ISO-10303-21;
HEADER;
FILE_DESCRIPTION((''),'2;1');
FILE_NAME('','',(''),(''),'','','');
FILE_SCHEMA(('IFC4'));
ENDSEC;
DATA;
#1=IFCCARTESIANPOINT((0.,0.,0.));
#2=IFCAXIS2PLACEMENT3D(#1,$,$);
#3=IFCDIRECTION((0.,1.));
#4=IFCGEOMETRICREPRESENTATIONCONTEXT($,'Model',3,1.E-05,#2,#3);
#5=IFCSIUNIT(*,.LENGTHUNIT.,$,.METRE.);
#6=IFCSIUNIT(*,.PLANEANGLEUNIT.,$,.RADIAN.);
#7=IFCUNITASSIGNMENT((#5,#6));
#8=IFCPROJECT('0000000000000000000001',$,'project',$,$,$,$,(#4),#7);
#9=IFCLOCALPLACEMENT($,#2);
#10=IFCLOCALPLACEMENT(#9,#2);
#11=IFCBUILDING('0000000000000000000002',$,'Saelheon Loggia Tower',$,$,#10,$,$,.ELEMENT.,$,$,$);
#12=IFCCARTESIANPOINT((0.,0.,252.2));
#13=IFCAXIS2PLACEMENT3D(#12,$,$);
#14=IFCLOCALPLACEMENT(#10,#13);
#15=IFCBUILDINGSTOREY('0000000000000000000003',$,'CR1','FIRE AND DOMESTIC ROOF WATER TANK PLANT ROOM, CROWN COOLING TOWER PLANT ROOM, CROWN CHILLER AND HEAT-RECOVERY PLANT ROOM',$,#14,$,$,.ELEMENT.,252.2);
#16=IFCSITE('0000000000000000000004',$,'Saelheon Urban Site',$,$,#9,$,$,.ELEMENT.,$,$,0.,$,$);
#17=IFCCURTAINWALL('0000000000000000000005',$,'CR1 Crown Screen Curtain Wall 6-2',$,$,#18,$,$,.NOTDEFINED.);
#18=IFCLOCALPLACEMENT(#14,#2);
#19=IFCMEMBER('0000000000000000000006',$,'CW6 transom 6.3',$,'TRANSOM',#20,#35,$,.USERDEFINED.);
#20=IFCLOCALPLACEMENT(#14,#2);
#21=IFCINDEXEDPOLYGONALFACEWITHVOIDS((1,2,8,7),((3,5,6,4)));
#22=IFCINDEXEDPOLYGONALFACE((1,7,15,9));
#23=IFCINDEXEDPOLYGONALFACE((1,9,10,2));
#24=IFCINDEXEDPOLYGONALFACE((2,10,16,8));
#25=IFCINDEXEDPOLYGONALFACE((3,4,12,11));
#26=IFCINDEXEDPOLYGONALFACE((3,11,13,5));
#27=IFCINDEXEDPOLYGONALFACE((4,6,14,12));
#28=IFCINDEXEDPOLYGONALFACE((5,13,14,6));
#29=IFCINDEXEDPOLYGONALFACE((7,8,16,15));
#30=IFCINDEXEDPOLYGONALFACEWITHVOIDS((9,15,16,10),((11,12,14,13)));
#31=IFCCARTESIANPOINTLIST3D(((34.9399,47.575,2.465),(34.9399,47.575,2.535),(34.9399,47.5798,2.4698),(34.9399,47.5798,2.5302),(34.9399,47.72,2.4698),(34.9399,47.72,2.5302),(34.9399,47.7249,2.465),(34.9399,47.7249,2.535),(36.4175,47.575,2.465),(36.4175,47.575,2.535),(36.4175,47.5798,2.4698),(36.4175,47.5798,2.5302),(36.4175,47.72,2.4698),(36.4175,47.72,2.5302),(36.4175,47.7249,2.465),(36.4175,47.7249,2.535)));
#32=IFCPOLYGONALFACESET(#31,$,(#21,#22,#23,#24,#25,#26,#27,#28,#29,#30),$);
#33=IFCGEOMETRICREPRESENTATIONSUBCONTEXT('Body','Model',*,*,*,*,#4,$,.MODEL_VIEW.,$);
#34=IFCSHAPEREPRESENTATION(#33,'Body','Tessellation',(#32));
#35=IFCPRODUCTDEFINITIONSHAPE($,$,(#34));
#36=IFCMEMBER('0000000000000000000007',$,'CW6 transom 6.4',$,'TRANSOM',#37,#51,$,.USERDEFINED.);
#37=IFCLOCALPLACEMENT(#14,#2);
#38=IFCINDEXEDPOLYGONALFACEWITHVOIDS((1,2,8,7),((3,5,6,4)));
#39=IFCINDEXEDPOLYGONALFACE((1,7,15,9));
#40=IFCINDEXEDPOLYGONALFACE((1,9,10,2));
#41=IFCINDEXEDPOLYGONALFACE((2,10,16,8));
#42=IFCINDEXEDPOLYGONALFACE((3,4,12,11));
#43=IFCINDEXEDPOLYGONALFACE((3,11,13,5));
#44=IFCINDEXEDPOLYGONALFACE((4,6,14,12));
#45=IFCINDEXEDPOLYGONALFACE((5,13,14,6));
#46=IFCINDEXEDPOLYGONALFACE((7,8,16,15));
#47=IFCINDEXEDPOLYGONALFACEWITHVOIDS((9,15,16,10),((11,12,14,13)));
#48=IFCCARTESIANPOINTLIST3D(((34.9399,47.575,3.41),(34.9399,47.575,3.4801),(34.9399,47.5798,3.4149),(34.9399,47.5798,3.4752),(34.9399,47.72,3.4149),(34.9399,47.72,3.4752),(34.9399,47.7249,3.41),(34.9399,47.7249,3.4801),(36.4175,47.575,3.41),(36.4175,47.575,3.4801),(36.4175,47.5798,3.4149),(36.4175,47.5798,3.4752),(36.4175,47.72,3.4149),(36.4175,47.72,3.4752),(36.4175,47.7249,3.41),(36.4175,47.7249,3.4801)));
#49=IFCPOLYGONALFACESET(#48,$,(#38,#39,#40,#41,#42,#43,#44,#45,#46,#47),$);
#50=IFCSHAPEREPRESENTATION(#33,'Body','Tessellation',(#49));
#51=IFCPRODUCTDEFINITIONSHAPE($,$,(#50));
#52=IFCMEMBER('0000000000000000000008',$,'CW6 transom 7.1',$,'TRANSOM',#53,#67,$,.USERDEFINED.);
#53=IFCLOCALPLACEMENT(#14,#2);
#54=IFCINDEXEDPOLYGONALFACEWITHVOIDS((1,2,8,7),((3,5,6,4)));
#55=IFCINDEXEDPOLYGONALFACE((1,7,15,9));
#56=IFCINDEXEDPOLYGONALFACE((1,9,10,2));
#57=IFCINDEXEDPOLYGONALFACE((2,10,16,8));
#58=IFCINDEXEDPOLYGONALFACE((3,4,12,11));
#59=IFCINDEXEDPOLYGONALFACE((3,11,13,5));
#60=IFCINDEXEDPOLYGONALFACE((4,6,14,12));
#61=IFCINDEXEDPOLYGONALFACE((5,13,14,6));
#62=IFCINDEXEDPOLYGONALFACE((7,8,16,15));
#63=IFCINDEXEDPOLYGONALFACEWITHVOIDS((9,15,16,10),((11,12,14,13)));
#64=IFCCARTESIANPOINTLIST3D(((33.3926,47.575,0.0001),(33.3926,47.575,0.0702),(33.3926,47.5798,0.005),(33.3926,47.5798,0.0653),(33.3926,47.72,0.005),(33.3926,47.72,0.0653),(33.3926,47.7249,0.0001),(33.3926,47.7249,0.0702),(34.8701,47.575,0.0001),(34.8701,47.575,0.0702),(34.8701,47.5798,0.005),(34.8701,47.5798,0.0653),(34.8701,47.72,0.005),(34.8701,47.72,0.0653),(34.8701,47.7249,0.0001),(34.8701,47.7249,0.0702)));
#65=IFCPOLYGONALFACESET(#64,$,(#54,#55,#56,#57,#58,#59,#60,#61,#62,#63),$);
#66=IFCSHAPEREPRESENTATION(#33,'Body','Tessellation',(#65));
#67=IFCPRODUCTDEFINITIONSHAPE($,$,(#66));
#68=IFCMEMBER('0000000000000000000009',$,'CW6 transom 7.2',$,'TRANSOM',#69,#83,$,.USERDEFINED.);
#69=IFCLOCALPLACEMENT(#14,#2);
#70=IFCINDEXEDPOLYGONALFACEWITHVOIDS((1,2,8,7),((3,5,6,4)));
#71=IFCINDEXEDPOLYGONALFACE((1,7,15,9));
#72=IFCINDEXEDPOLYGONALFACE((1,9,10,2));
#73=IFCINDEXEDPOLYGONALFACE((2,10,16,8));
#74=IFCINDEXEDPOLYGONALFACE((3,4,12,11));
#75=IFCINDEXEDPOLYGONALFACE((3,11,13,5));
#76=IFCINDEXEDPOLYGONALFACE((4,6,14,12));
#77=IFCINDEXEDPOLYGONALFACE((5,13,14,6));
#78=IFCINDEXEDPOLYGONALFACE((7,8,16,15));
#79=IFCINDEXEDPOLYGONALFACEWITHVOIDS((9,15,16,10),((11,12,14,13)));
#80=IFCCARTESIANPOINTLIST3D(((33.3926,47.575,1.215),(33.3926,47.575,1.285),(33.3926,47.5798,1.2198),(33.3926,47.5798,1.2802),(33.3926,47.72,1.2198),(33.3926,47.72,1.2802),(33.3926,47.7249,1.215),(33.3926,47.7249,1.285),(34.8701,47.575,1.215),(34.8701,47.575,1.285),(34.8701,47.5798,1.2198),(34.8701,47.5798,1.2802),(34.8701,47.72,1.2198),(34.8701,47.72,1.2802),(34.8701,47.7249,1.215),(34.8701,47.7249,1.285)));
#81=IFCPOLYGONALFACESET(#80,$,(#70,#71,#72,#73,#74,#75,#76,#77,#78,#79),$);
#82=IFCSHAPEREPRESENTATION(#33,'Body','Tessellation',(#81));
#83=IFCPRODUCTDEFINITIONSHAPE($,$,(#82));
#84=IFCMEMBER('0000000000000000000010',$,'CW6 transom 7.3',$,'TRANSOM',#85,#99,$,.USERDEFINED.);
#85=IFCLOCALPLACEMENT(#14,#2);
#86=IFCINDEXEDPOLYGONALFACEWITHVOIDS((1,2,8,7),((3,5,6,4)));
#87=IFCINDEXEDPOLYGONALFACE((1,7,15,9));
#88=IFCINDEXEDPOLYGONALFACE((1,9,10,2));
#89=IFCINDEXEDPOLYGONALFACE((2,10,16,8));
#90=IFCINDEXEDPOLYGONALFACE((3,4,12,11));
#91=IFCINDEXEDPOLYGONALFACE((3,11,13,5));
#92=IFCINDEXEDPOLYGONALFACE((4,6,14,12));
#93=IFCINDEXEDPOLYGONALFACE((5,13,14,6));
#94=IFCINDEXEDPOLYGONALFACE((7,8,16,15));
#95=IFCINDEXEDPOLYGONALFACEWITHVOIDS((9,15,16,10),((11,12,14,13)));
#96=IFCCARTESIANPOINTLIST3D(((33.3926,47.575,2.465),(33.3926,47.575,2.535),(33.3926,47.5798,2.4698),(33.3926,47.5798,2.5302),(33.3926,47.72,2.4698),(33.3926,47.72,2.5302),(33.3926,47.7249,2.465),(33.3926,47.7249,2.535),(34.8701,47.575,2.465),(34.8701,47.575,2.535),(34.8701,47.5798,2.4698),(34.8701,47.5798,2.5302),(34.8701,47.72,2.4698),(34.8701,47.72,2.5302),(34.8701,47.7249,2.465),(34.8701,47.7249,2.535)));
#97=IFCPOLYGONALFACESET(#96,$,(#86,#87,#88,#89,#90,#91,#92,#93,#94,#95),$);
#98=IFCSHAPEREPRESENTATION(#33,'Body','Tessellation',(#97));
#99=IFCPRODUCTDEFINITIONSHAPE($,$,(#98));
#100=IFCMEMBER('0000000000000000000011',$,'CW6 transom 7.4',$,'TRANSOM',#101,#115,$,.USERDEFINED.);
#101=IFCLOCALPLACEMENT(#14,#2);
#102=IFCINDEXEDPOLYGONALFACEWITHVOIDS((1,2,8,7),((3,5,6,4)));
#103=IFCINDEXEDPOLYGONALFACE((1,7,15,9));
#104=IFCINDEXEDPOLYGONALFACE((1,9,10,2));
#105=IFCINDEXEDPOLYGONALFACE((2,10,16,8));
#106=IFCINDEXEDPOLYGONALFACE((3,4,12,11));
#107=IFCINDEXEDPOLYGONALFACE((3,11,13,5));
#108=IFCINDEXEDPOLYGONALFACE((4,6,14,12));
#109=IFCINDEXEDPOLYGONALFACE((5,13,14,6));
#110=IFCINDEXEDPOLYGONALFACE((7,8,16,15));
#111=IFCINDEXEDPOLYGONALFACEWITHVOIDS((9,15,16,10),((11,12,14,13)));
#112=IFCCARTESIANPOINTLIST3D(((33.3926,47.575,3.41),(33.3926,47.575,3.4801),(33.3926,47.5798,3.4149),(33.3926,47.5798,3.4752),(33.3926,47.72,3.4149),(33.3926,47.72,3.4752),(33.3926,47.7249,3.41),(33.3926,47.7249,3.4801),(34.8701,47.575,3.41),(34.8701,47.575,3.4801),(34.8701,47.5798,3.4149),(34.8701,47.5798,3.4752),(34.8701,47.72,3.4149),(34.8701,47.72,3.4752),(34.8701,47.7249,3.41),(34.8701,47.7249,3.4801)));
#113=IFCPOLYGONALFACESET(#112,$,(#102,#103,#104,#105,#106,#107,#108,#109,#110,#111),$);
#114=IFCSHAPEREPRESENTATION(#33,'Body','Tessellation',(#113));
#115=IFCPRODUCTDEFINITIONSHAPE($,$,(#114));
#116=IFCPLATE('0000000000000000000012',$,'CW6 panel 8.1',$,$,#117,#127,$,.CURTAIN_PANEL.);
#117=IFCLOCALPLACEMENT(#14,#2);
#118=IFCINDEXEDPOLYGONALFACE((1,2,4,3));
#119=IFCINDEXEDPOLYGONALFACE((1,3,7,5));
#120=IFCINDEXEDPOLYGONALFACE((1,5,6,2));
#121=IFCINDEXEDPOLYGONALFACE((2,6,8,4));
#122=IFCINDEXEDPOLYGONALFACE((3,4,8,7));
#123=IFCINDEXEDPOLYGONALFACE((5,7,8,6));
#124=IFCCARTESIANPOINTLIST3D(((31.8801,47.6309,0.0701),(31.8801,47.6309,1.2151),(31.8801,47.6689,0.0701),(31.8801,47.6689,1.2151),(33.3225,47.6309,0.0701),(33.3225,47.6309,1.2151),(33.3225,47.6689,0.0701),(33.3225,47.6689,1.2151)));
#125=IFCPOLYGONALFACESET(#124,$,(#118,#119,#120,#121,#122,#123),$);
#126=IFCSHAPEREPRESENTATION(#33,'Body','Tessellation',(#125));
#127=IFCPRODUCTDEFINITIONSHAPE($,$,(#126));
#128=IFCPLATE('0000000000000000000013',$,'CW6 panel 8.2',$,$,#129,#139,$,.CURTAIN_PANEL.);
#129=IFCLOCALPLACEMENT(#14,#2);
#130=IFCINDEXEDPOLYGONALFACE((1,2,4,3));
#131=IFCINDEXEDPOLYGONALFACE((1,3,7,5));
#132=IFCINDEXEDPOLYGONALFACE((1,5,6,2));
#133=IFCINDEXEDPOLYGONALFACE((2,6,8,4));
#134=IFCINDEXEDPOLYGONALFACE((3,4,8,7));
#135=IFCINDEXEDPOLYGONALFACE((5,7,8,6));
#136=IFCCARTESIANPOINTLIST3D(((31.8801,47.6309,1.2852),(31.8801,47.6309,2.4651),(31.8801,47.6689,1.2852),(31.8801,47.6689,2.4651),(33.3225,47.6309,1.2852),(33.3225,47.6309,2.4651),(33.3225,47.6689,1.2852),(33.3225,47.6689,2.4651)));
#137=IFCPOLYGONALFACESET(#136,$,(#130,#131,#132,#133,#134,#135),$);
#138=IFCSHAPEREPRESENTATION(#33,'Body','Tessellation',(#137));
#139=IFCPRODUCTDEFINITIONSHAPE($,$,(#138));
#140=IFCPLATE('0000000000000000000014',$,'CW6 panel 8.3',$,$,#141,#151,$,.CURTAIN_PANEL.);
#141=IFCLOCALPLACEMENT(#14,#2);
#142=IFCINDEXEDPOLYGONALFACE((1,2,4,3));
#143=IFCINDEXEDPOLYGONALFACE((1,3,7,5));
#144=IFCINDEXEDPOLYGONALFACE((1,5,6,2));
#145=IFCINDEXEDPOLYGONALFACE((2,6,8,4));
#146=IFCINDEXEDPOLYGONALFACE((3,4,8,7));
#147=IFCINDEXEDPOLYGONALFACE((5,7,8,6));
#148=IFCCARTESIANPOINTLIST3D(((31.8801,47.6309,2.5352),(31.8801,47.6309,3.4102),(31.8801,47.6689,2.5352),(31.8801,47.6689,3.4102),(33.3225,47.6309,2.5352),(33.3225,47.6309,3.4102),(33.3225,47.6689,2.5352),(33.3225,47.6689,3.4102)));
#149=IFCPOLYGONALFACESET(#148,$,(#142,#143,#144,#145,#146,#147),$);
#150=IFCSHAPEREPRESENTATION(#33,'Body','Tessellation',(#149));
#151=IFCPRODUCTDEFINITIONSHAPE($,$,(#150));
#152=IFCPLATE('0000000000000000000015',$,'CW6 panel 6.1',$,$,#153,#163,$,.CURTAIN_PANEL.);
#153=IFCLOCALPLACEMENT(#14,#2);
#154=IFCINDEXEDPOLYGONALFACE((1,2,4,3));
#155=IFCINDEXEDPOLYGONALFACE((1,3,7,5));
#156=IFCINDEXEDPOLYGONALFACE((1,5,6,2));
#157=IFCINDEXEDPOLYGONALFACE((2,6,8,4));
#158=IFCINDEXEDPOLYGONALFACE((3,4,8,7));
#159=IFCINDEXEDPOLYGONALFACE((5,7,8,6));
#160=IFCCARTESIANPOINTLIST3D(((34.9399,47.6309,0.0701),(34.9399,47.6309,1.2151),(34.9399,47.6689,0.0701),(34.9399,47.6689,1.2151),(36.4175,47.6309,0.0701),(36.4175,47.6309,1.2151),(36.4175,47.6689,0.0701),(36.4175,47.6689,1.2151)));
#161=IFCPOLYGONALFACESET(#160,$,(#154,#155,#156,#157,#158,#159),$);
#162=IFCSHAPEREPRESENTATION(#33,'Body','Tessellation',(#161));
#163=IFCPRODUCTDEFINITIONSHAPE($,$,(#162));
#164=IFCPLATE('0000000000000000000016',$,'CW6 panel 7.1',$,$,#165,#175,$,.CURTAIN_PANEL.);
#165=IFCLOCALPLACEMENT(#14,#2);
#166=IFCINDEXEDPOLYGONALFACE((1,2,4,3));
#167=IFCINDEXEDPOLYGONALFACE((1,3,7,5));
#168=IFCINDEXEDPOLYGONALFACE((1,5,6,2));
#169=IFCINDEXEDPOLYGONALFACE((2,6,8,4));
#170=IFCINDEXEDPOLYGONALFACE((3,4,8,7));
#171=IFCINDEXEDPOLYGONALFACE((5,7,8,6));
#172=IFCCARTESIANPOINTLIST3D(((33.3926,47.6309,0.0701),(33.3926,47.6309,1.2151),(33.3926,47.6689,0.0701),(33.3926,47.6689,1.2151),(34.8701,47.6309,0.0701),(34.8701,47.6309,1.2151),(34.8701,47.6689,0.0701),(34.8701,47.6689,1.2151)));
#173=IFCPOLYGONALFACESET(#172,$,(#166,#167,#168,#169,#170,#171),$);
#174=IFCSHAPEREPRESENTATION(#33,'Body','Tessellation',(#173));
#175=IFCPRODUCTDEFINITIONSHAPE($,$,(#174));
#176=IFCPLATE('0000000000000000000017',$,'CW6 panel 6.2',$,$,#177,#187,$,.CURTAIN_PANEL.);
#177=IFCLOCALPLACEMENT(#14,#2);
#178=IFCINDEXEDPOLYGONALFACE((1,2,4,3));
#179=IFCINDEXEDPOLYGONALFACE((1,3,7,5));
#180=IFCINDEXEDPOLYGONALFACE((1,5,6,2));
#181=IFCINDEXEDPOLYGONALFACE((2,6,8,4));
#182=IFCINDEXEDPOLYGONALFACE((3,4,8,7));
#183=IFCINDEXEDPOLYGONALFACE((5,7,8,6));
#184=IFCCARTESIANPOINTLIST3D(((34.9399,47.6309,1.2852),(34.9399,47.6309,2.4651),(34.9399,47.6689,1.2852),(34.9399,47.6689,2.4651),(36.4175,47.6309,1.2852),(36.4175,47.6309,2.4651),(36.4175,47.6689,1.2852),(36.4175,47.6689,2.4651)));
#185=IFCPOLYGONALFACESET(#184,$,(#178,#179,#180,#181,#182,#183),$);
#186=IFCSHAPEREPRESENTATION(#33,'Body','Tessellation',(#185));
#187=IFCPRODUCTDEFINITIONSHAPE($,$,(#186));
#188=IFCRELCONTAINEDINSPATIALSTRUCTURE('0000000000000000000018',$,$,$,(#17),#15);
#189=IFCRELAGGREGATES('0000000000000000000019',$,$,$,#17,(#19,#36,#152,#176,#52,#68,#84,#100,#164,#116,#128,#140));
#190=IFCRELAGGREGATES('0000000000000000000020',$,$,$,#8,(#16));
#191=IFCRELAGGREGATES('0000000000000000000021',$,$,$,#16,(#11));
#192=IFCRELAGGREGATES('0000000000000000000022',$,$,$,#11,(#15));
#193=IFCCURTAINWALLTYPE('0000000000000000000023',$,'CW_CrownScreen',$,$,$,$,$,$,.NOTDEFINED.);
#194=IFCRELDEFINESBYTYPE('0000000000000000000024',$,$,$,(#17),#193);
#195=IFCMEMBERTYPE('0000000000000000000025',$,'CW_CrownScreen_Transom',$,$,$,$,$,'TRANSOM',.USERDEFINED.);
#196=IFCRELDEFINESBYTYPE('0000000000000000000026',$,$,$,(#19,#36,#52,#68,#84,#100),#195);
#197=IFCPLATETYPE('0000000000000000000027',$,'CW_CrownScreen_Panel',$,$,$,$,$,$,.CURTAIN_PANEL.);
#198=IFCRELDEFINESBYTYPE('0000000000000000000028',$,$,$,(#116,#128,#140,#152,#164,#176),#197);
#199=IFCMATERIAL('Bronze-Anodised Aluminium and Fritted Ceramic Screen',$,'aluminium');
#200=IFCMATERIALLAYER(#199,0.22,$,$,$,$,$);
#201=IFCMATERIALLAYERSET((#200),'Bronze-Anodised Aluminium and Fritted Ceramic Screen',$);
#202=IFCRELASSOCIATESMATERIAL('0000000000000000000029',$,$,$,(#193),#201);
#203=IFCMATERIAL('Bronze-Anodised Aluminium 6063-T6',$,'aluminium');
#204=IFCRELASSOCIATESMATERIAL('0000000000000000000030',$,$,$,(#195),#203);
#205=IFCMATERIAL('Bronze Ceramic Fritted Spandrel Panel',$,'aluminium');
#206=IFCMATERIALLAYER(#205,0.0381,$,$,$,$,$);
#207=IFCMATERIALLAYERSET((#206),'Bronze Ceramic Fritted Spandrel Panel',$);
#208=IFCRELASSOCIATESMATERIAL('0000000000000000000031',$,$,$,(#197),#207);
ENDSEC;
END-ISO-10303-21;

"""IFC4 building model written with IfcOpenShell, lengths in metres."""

from ifc_helpers import new_model, si_unit, direction, frame, origin, origin_2d, place, context, subcontext, project, spatial, rectangle, hollow_rectangle, extrude, source, transform, mapped, material, layer, layer_set, material_profile, profile_set, type_object, element, aggregate, save


model = new_model("IFC4")

# Units and contexts
model_context = context("Model", 3, precision=1e-05, world=origin(), true_north=direction((0.0, 1.0)))
body_context = subcontext(model_context, "Body", "Model", "MODEL_VIEW")
ifc_project = project(units=[si_unit("LENGTHUNIT", "METRE"), si_unit("PLANEANGLEUNIT", "RADIAN")], contexts=[model_context])

# Site, building, storey
site_placement = place(None, origin())
site = spatial("IfcSite", under=ifc_project, at=site_placement, Name="Saelheon Urban Site", CompositionType="ELEMENT", RefElevation=0.0)
building_placement = place(site_placement, origin())
building = spatial("IfcBuilding", under=site, at=building_placement, Name="Saelheon Loggia Tower", CompositionType="ELEMENT")
storey_placement = place(building_placement, frame((0.0, 0.0, 252.2)))
storey = spatial("IfcBuildingStorey", under=building, at=storey_placement, Name="CR1", Description="FIRE AND DOMESTIC ROOF WATER TANK PLANT ROOM, CROWN COOLING TOWER PLANT ROOM, CROWN CHILLER AND HEAT-RECOVERY PLANT ROOM", CompositionType="ELEMENT", Elevation=252.2)

# Curtain wall, members, plates
ifc_material_1 = material(Name="Bronze-Anodised Aluminium and Fritted Ceramic Screen", Category="aluminium")
ifc_layer_1 = layer(ifc_material_1, 0.22)
ifc_layer_set_1 = layer_set([ifc_layer_1], Name="Bronze-Anodised Aluminium and Fritted Ceramic Screen")
curtain_wall_type = type_object("IfcCurtainWallType", Name="CW_CrownScreen", PredefinedType="NOTDEFINED", material=ifc_layer_set_1)
curtain_wall_placement = place(storey_placement, origin())
curtain_wall = element("IfcCurtainWall", 1, at=curtain_wall_placement, inside=storey, type_object=curtain_wall_type, Name="CR1 Crown Screen Curtain Wall 6-2", PredefinedType="NOTDEFINED")
ifc_material_2 = material(Name="Bronze-Anodised Aluminium 6063-T6", Category="aluminium")
ifc_material_profile_1 = material_profile(ifc_material_2, hollow_rectangle(XDim=0.0701, YDim=0.1499, WallThickness=0.0049, at=origin_2d()), Name="RHS-150x70x5")
ifc_profile_set_1 = profile_set([ifc_material_profile_1], Name="Bronze-Anodised Aluminium 6063-T6")
member_type_1 = type_object("IfcMemberType", Name="CW_CrownScreen_Transom", ElementType="TRANSOM", PredefinedType="USERDEFINED", material=ifc_profile_set_1)
shared_shape_1 = source(origin(), body_context, "Body", "SweptSolid", [
    extrude(hollow_rectangle(XDim=0.0701, YDim=0.1499, WallThickness=0.0049, at=origin_2d()), origin(), (0.0, 0.0, 1.0), 1.4775),
])
member_1_placement = place(storey_placement, frame((36.4175, 47.6499, 2.5), z_axis=(-1.0, 0.0, 0.0), x_axis=(0.0, 0.0, 1.0)))
member_1 = element("IfcMember", 2, at=member_1_placement, type_object=member_type_1, Name="CW6 transom 6.3", ObjectType="TRANSOM", PredefinedType="USERDEFINED", context=body_context, shape_type="MappedRepresentation", body=[
    mapped(shared_shape_1, transform((0.0, 0.0, 0.0), scale=1.0)),
])
member_2_placement = place(storey_placement, frame((36.4175, 47.6499, 3.4451), z_axis=(-1.0, 0.0, 0.0), x_axis=(0.0, 0.0, 1.0)))
member_2 = element("IfcMember", 3, at=member_2_placement, type_object=member_type_1, Name="CW6 transom 6.4", ObjectType="TRANSOM", PredefinedType="USERDEFINED", context=body_context, shape_type="MappedRepresentation", body=[
    mapped(shared_shape_1, transform((0.0, 0.0, 0.0), scale=1.0)),
])
member_3_placement = place(storey_placement, frame((34.8701, 47.6499, 0.0352), z_axis=(-1.0, 0.0, 0.0), x_axis=(0.0, 0.0, 1.0)))
member_3 = element("IfcMember", 4, at=member_3_placement, type_object=member_type_1, Name="CW6 transom 7.1", ObjectType="TRANSOM", PredefinedType="USERDEFINED", context=body_context, shape_type="MappedRepresentation", body=[
    mapped(shared_shape_1, transform((0.0, 0.0, 0.0), scale=1.0)),
])
member_4_placement = place(storey_placement, frame((34.8701, 47.6499, 1.25), z_axis=(-1.0, 0.0, 0.0), x_axis=(0.0, 0.0, 1.0)))
member_4 = element("IfcMember", 5, at=member_4_placement, type_object=member_type_1, Name="CW6 transom 7.2", ObjectType="TRANSOM", PredefinedType="USERDEFINED", context=body_context, shape_type="MappedRepresentation", body=[
    mapped(shared_shape_1, transform((0.0, 0.0, 0.0), scale=1.0)),
])
member_5_placement = place(storey_placement, frame((34.8701, 47.6499, 2.5), z_axis=(-1.0, 0.0, 0.0), x_axis=(0.0, 0.0, 1.0)))
member_5 = element("IfcMember", 6, at=member_5_placement, type_object=member_type_1, Name="CW6 transom 7.3", ObjectType="TRANSOM", PredefinedType="USERDEFINED", context=body_context, shape_type="MappedRepresentation", body=[
    mapped(shared_shape_1, transform((0.0, 0.0, 0.0), scale=1.0)),
])
member_6_placement = place(storey_placement, frame((34.8701, 47.6499, 3.4451), z_axis=(-1.0, 0.0, 0.0), x_axis=(0.0, 0.0, 1.0)))
member_6 = element("IfcMember", 7, at=member_6_placement, type_object=member_type_1, Name="CW6 transom 7.4", ObjectType="TRANSOM", PredefinedType="USERDEFINED", context=body_context, shape_type="MappedRepresentation", body=[
    mapped(shared_shape_1, transform((0.0, 0.0, 0.0), scale=1.0)),
])
ifc_material_3 = material(Name="Bronze Ceramic Fritted Spandrel Panel", Category="aluminium")
ifc_layer_2 = layer(ifc_material_3, 0.0381)
ifc_layer_set_2 = layer_set([ifc_layer_2], Name="Bronze Ceramic Fritted Spandrel Panel")
plate_type = type_object("IfcPlateType", Name="CW_CrownScreen_Panel", PredefinedType="CURTAIN_PANEL", material=ifc_layer_set_2)
shared_shape_2 = source(origin(), body_context, "Body", "SweptSolid", [
    extrude(rectangle(XDim=1.4424, YDim=0.0381, at=origin_2d()), origin(), (0.0, 0.0, 1.0), 1.145),
])
plate_1_placement = place(storey_placement, frame((32.6013, 47.6499, 0.0701), z_axis=(0.0, 0.0, 1.0), x_axis=(-1.0, 0.0, 0.0)))
plate_1 = element("IfcPlate", 8, at=plate_1_placement, type_object=plate_type, Name="CW6 panel 8.1", PredefinedType="CURTAIN_PANEL", context=body_context, shape_type="MappedRepresentation", body=[
    mapped(shared_shape_2, transform((0.0, 0.0, 0.0), scale=1.0)),
])
shared_shape_3 = source(origin(), body_context, "Body", "SweptSolid", [
    extrude(rectangle(XDim=1.4424, YDim=0.0381, at=origin_2d()), origin(), (0.0, 0.0, 1.0), 1.1799),
])
plate_2_placement = place(storey_placement, frame((32.6013, 47.6499, 1.2852), z_axis=(0.0, 0.0, 1.0), x_axis=(-1.0, 0.0, 0.0)))
plate_2 = element("IfcPlate", 9, at=plate_2_placement, type_object=plate_type, Name="CW6 panel 8.2", PredefinedType="CURTAIN_PANEL", context=body_context, shape_type="MappedRepresentation", body=[
    mapped(shared_shape_3, transform((0.0, 0.0, 0.0), scale=1.0)),
])
shared_shape_4 = source(origin(), body_context, "Body", "SweptSolid", [
    extrude(rectangle(XDim=1.4424, YDim=0.0381, at=origin_2d()), origin(), (0.0, 0.0, 1.0), 0.875),
])
plate_3_placement = place(storey_placement, frame((32.6013, 47.6499, 2.5352), z_axis=(0.0, 0.0, 1.0), x_axis=(-1.0, 0.0, 0.0)))
plate_3 = element("IfcPlate", 10, at=plate_3_placement, type_object=plate_type, Name="CW6 panel 8.3", PredefinedType="CURTAIN_PANEL", context=body_context, shape_type="MappedRepresentation", body=[
    mapped(shared_shape_4, transform((0.0, 0.0, 0.0), scale=1.0)),
])
shared_shape_5 = source(origin(), body_context, "Body", "SweptSolid", [
    extrude(rectangle(XDim=1.4775, YDim=0.0381, at=origin_2d()), origin(), (0.0, 0.0, 1.0), 1.145),
])
plate_4_placement = place(storey_placement, frame((35.6787, 47.6499, 0.0701), z_axis=(0.0, 0.0, 1.0), x_axis=(-1.0, 0.0, 0.0)))
plate_4 = element("IfcPlate", 11, at=plate_4_placement, type_object=plate_type, Name="CW6 panel 6.1", PredefinedType="CURTAIN_PANEL", context=body_context, shape_type="MappedRepresentation", body=[
    mapped(shared_shape_5, transform((0.0, 0.0, 0.0), scale=1.0)),
])
plate_5_placement = place(storey_placement, frame((34.1313, 47.6499, 0.0701), z_axis=(0.0, 0.0, 1.0), x_axis=(-1.0, 0.0, 0.0)))
plate_5 = element("IfcPlate", 12, at=plate_5_placement, type_object=plate_type, Name="CW6 panel 7.1", PredefinedType="CURTAIN_PANEL", context=body_context, shape_type="MappedRepresentation", body=[
    mapped(shared_shape_5, transform((0.0, 0.0, 0.0), scale=1.0)),
])
shared_shape_6 = source(origin(), body_context, "Body", "SweptSolid", [
    extrude(rectangle(XDim=1.4775, YDim=0.0381, at=origin_2d()), origin(), (0.0, 0.0, 1.0), 1.1799),
])
plate_6_placement = place(storey_placement, frame((35.6787, 47.6499, 1.2852), z_axis=(0.0, 0.0, 1.0), x_axis=(-1.0, 0.0, 0.0)))
plate_6 = element("IfcPlate", 13, at=plate_6_placement, type_object=plate_type, Name="CW6 panel 6.2", PredefinedType="CURTAIN_PANEL", context=body_context, shape_type="MappedRepresentation", body=[
    mapped(shared_shape_6, transform((0.0, 0.0, 0.0), scale=1.0)),
])
aggregate(curtain_wall, [member_1, member_2, plate_4, plate_6, member_3, member_4, member_5, member_6, plate_5, plate_1, plate_2, plate_3])

save(model, "model.ifc")
